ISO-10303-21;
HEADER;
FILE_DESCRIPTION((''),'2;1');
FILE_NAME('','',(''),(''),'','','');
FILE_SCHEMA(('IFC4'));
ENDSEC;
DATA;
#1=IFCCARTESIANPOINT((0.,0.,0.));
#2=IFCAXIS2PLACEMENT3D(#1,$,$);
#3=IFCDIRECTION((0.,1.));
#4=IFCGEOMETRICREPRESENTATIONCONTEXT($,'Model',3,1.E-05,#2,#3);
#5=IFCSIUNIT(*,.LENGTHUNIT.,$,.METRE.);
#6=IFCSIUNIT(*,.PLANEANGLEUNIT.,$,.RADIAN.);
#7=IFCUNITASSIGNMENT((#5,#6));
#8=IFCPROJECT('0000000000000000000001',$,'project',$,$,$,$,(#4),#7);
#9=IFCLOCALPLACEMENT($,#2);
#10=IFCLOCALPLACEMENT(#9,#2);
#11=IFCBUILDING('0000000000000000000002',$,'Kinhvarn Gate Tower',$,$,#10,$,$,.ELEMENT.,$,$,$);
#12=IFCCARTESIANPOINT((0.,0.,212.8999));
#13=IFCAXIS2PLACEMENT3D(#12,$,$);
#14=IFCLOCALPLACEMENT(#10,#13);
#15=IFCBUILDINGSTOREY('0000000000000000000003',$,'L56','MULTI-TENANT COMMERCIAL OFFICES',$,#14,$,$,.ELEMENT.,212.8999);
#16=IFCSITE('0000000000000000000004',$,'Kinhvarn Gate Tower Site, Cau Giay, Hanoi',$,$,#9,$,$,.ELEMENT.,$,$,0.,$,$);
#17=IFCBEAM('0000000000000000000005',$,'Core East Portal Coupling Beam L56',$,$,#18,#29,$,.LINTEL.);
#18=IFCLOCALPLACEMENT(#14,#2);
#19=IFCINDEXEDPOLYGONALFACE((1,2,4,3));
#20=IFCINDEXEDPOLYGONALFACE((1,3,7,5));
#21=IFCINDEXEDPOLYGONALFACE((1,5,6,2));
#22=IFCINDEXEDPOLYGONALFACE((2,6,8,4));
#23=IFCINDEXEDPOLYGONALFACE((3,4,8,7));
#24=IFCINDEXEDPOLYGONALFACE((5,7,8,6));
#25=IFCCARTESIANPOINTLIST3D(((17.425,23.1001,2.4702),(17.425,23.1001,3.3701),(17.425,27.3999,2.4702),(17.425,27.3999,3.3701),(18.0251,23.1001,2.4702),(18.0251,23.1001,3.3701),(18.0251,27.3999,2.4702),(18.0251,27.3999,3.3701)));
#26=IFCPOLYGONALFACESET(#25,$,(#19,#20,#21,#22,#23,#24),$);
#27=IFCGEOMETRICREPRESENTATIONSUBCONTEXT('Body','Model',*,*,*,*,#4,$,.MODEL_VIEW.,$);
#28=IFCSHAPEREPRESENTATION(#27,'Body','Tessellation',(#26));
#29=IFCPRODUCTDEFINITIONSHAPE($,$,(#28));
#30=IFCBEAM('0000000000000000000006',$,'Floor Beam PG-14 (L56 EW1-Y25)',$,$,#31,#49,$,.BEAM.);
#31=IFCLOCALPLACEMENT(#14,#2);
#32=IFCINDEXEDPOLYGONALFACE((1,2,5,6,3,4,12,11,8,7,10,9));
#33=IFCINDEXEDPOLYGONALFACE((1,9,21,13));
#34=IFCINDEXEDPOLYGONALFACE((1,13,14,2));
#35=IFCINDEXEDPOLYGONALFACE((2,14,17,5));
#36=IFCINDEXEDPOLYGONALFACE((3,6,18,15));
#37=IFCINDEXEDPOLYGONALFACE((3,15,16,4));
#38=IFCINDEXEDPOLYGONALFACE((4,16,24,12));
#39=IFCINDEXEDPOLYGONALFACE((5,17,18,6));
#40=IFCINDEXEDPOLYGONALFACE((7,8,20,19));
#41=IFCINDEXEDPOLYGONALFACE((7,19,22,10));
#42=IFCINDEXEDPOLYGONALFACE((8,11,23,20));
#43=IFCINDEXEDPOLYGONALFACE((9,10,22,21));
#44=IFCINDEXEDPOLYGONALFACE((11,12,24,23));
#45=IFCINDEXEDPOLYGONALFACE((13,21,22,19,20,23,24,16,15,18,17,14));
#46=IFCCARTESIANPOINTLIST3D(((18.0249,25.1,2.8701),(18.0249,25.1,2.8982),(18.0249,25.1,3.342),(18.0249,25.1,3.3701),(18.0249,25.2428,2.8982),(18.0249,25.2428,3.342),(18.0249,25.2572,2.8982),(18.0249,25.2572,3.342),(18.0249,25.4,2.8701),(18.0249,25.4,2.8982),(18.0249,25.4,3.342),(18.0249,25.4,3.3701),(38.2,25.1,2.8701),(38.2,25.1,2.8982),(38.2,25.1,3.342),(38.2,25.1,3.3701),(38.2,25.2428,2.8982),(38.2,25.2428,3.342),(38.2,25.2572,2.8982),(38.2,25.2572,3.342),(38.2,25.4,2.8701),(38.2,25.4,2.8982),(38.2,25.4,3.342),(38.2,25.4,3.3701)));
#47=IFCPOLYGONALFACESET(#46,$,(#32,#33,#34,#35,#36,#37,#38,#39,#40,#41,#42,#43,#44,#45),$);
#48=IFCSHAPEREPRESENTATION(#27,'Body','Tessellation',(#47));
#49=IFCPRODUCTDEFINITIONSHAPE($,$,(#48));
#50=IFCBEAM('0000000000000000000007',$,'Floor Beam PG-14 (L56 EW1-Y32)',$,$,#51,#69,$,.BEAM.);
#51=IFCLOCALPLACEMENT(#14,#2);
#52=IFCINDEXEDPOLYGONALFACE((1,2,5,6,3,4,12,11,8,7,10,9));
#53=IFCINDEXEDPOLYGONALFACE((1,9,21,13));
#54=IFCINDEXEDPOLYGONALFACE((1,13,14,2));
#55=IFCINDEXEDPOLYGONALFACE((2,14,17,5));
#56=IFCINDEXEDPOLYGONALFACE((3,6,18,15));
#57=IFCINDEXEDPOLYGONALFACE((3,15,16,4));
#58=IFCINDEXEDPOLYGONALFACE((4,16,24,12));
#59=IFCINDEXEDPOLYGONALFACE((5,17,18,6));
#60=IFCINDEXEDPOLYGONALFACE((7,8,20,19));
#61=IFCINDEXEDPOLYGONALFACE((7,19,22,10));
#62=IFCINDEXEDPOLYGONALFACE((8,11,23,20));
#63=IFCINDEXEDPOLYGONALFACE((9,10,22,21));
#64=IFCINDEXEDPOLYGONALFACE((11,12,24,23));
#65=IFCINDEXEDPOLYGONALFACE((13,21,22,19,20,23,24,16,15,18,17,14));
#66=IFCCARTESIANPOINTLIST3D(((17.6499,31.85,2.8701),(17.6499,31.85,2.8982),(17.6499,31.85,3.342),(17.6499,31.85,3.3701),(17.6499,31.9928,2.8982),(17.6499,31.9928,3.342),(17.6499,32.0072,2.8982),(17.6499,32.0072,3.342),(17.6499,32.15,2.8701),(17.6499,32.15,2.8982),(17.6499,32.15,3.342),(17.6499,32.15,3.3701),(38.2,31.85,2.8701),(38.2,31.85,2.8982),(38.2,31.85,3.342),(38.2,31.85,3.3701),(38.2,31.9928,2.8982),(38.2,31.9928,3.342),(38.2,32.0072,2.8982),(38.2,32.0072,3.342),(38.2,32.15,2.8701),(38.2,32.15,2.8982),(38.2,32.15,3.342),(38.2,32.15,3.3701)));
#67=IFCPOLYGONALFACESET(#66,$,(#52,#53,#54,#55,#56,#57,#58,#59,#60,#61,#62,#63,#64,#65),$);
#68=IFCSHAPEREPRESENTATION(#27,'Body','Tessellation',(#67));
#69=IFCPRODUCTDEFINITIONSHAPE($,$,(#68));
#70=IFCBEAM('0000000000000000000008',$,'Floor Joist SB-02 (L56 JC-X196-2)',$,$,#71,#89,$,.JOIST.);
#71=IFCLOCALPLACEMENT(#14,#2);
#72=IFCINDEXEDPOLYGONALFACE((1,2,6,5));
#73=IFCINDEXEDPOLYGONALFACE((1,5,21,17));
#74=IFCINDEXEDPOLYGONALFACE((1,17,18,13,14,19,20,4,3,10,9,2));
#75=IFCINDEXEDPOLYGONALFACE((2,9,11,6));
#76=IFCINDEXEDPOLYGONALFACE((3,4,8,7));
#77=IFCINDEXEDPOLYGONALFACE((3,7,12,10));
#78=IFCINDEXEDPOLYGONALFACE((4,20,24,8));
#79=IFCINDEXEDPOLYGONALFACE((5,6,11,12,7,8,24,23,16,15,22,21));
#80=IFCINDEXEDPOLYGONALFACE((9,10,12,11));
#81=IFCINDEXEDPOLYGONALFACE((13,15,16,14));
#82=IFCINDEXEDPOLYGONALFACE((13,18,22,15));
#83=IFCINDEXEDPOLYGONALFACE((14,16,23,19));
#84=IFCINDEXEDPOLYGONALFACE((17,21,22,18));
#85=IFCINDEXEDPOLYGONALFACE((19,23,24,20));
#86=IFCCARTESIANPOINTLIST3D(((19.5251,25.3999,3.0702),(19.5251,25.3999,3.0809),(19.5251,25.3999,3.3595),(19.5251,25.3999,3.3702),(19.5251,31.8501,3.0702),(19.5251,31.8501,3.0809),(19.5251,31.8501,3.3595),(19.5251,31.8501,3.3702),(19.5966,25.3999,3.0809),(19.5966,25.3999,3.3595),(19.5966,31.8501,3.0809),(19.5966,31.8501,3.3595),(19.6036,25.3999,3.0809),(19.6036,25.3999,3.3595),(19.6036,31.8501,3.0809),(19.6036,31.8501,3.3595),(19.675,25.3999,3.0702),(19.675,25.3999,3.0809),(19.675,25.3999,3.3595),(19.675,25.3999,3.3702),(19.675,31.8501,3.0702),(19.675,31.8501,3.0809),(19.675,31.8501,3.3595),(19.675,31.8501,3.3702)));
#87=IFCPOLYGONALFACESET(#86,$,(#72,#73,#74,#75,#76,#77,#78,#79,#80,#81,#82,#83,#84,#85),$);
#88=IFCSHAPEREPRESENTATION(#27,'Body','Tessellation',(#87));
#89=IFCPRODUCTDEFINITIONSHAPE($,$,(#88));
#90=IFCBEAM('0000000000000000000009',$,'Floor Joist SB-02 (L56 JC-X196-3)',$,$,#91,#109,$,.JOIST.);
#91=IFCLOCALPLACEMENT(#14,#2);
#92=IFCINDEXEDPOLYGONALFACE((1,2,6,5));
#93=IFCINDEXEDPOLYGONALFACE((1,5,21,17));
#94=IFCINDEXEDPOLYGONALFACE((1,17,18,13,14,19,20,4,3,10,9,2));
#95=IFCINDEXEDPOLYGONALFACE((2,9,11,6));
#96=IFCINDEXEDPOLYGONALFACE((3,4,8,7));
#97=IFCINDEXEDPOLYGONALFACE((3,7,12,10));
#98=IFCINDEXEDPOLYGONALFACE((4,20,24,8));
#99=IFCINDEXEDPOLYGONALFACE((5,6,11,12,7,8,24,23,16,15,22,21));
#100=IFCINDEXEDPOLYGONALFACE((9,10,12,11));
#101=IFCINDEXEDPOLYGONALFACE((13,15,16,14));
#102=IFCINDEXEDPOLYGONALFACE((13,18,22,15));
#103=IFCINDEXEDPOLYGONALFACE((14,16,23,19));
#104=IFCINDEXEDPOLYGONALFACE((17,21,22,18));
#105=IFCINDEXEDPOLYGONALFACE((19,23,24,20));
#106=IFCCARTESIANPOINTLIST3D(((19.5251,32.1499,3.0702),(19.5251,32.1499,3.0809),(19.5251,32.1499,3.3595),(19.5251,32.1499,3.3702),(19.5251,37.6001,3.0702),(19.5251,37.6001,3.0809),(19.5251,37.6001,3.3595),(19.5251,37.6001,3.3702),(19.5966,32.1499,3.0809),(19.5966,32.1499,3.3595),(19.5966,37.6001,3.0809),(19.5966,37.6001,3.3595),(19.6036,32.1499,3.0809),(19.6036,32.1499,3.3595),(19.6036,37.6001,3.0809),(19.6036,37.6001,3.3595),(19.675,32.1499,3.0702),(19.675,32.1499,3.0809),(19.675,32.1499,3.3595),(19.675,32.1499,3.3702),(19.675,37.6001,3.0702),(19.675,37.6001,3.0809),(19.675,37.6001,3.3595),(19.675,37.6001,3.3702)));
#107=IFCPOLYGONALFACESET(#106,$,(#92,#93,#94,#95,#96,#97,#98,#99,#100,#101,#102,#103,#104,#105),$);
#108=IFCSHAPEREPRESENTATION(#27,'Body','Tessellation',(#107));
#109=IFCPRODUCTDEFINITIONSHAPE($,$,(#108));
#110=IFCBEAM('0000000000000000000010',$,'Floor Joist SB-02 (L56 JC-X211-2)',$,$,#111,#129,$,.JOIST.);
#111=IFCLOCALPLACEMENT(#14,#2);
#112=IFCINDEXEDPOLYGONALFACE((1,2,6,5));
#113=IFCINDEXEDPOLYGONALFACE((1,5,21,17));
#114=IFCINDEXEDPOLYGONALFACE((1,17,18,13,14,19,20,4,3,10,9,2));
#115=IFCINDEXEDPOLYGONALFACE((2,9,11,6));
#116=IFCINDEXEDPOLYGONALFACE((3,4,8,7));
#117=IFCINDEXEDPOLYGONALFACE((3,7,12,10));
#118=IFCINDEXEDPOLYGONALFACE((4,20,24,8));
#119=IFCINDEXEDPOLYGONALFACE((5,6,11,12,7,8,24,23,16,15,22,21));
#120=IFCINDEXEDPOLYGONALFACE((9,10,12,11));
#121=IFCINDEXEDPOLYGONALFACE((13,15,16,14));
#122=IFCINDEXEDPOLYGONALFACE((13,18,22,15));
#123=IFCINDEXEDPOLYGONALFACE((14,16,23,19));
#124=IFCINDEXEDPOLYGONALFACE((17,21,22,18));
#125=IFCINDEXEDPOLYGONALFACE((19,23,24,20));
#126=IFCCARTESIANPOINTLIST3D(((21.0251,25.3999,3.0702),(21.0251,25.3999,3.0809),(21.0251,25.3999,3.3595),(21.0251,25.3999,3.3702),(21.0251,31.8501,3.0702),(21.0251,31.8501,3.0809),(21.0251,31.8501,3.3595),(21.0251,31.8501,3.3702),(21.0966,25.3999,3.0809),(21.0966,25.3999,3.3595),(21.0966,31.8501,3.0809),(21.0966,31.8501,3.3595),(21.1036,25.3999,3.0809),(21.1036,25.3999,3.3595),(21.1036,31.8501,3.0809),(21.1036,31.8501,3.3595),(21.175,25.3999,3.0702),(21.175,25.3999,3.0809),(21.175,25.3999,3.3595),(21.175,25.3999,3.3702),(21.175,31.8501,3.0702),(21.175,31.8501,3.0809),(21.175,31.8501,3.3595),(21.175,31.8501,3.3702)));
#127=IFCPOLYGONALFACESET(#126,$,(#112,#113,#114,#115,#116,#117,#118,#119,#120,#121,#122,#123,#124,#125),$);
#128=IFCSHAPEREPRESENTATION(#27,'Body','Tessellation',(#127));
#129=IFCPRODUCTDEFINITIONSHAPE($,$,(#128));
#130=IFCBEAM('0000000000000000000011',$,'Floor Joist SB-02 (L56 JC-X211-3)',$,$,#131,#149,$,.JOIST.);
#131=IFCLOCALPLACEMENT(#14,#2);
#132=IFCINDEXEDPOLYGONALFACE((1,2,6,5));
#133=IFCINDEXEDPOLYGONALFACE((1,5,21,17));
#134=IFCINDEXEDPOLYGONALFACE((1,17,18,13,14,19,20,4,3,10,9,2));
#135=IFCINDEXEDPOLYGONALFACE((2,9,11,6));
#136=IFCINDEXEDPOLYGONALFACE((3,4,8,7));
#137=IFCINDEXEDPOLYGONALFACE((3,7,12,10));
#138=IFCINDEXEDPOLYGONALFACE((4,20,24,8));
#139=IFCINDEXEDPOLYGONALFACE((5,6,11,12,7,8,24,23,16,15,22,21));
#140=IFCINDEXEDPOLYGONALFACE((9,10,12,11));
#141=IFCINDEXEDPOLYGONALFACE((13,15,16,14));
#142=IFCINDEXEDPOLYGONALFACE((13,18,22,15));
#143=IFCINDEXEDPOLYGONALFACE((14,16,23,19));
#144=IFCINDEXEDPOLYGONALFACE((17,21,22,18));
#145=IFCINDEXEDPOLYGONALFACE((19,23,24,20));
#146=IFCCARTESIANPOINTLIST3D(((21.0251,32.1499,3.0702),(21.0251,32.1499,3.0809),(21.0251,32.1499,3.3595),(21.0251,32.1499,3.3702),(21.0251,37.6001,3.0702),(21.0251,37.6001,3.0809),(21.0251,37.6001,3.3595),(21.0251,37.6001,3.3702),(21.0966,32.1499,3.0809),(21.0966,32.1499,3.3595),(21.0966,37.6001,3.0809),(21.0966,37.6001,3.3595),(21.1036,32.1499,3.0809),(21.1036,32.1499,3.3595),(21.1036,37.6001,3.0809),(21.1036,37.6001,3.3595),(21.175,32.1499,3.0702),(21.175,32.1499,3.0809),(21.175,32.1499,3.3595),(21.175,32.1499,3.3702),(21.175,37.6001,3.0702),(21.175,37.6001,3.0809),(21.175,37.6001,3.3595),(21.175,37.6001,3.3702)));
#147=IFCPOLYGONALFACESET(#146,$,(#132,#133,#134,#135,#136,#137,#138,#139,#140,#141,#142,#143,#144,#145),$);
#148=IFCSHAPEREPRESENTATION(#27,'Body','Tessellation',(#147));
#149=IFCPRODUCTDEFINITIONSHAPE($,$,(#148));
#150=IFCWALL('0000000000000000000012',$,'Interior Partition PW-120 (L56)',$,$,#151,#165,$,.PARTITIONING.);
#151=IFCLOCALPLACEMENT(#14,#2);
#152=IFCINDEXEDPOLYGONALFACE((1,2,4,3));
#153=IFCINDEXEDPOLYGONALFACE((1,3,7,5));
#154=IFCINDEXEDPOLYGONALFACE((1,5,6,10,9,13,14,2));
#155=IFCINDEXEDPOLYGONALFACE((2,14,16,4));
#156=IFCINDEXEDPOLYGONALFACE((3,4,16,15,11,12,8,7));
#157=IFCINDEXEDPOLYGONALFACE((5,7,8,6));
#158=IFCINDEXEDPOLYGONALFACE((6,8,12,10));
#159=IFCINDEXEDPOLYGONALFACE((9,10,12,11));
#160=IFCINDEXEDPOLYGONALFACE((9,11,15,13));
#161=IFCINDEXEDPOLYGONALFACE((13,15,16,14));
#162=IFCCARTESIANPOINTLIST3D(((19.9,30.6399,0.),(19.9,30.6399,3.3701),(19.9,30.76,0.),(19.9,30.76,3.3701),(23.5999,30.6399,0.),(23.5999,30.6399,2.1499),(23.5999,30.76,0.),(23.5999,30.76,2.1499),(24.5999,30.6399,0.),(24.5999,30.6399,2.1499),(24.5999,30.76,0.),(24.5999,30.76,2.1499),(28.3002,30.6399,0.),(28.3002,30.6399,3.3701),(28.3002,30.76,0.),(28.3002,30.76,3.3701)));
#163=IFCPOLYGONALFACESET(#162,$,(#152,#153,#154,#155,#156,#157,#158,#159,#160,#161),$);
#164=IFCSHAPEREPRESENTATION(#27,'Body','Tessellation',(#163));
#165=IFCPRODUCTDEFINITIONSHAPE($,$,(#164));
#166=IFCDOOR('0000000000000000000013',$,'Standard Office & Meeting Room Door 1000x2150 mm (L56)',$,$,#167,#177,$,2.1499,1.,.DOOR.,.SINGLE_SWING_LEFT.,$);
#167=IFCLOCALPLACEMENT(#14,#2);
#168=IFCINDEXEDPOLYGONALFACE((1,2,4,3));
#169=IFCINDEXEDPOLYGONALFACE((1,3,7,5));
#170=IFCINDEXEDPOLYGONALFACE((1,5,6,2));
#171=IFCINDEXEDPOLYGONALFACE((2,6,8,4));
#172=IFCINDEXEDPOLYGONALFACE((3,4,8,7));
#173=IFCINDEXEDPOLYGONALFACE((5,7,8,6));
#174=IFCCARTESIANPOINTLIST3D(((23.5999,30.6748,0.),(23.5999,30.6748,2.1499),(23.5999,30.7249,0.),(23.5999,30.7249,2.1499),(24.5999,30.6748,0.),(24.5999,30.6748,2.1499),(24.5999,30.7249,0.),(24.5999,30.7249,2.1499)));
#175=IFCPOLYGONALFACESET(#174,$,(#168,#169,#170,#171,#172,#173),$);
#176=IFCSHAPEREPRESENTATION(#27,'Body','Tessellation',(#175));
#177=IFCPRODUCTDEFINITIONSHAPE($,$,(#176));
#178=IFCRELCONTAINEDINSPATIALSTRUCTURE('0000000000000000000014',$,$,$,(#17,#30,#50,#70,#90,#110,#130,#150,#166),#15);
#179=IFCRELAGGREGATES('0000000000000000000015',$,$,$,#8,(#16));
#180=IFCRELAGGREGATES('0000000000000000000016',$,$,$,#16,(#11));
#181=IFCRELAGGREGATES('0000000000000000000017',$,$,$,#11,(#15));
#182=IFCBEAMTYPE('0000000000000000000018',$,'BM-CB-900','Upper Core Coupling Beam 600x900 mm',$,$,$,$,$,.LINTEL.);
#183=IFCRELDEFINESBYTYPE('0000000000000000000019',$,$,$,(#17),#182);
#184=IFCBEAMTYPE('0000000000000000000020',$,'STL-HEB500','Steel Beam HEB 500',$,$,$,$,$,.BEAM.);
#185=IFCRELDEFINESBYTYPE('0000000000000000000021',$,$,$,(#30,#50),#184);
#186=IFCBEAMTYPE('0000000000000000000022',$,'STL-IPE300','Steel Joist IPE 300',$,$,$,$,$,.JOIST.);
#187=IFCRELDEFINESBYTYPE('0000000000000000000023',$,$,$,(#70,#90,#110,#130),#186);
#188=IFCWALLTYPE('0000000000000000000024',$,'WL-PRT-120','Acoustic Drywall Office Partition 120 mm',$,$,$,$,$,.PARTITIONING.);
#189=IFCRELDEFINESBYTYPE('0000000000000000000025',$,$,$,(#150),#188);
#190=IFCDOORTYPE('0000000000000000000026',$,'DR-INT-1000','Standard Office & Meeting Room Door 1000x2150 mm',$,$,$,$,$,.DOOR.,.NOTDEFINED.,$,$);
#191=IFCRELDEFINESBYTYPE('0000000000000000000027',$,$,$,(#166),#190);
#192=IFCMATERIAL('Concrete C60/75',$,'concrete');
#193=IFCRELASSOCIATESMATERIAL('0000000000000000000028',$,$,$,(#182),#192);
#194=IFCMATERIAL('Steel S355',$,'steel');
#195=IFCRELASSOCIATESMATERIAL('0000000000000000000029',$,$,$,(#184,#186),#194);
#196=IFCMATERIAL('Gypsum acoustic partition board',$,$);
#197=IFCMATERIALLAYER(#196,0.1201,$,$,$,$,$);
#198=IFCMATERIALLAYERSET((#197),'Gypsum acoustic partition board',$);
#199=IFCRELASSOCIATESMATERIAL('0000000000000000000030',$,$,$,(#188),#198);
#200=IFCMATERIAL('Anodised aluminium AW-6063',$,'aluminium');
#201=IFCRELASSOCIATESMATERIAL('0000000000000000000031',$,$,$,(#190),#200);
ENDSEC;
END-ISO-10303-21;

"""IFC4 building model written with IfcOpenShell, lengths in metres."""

from ifc_helpers import new_model, si_unit, direction, frame, frame_2d, origin, origin_2d, place, context, subcontext, project, spatial, rectangle, i_section, extrude, material, layer, layer_set, material_profile, profile_set, type_object, element, fill, save


model = new_model("IFC4")

# Units and contexts
model_context = context("Model", 3, precision=1e-05, world=origin(), true_north=direction((0.0, 1.0)))
body_context = subcontext(model_context, "Body", "Model", "MODEL_VIEW")
ifc_project = project(units=[si_unit("LENGTHUNIT", "METRE"), si_unit("PLANEANGLEUNIT", "RADIAN")], contexts=[model_context])

# Site, building, storey
site_placement = place(None, origin())
site = spatial("IfcSite", under=ifc_project, at=site_placement, Name="Kinhvarn Gate Tower Site, Cau Giay, Hanoi", CompositionType="ELEMENT", RefElevation=0.0)
building_placement = place(site_placement, origin())
building = spatial("IfcBuilding", under=site, at=building_placement, Name="Kinhvarn Gate Tower", CompositionType="ELEMENT")
storey_placement = place(building_placement, frame((0.0, 0.0, 212.8999)))
storey = spatial("IfcBuildingStorey", under=building, at=storey_placement, Name="L56", Description="MULTI-TENANT COMMERCIAL OFFICES", CompositionType="ELEMENT", Elevation=212.8999)

# Beams
ifc_material_1 = material(Name="Concrete C60/75", Category="concrete")
ifc_material_profile_1 = material_profile(ifc_material_1, rectangle(XDim=0.6001, YDim=0.8999, at=origin_2d()), Name="RC 600x900")
ifc_profile_set_1 = profile_set([ifc_material_profile_1], Name="Concrete C60/75")
beam_type_1 = type_object("IfcBeamType", Name="BM-CB-900", Description="Upper Core Coupling Beam 600x900 mm", PredefinedType="LINTEL", material=ifc_profile_set_1)
beam_1_placement = place(storey_placement, frame((17.7251, 23.1001, 2.9202), z_axis=(0.0, 1.0, 0.0), x_axis=(-1.0, 0.0, 0.0)))
element("IfcBeam", 1, at=beam_1_placement, inside=storey, type_object=beam_type_1, Name="Core East Portal Coupling Beam L56", PredefinedType="LINTEL", context=body_context, shape_type="SweptSolid", body=[
    extrude(rectangle(XDim=0.6001, YDim=0.8999, at=origin_2d()), origin(), (0.0, 0.0, 1.0), 4.2998),
])
ifc_material_2 = material(Name="Steel S355", Category="steel")
ifc_material_profile_2 = material_profile(ifc_material_2, i_section(OverallWidth=0.3, OverallDepth=0.5, WebThickness=0.0144, FlangeThickness=0.0281, at=origin_2d()), Name="HEB 500")
ifc_profile_set_2 = profile_set([ifc_material_profile_2], Name="Steel S355")
beam_type_2 = type_object("IfcBeamType", Name="STL-HEB500", Description="Steel Beam HEB 500", PredefinedType="BEAM", material=ifc_profile_set_2)
beam_2_placement = place(storey_placement, frame((18.0249, 25.25, 3.1201), z_axis=(1.0, 0.0, 0.0), x_axis=(0.0, 1.0, 0.0)))
element("IfcBeam", 2, at=beam_2_placement, inside=storey, type_object=beam_type_2, Name="Floor Beam PG-14 (L56 EW1-Y25)", PredefinedType="BEAM", context=body_context, shape_type="SweptSolid", body=[
    extrude(i_section(OverallWidth=0.3, OverallDepth=0.5, WebThickness=0.0144, FlangeThickness=0.0281, at=origin_2d()), origin(), (0.0, 0.0, 1.0), 20.175),
])
beam_3_placement = place(storey_placement, frame((17.6499, 32.0, 3.1201), z_axis=(1.0, 0.0, 0.0), x_axis=(0.0, 1.0, 0.0)))
element("IfcBeam", 3, at=beam_3_placement, inside=storey, type_object=beam_type_2, Name="Floor Beam PG-14 (L56 EW1-Y32)", PredefinedType="BEAM", context=body_context, shape_type="SweptSolid", body=[
    extrude(i_section(OverallWidth=0.3, OverallDepth=0.5, WebThickness=0.0144, FlangeThickness=0.0281, at=origin_2d()), origin(), (0.0, 0.0, 1.0), 20.55),
])
ifc_material_profile_3 = material_profile(ifc_material_2, i_section(OverallWidth=0.1499, OverallDepth=0.3, WebThickness=0.0071, FlangeThickness=0.0107, at=origin_2d()), Name="IPE 300")
ifc_profile_set_3 = profile_set([ifc_material_profile_3], Name="Steel S355")
beam_type_3 = type_object("IfcBeamType", Name="STL-IPE300", Description="Steel Joist IPE 300", PredefinedType="JOIST", material=ifc_profile_set_3)
beam_4_placement = place(storey_placement, frame((19.6001, 25.3999, 3.2202), z_axis=(0.0, 1.0, 0.0), x_axis=(-1.0, 0.0, 0.0)))
element("IfcBeam", 4, at=beam_4_placement, inside=storey, type_object=beam_type_3, Name="Floor Joist SB-02 (L56 JC-X196-2)", PredefinedType="JOIST", context=body_context, shape_type="SweptSolid", body=[
    extrude(i_section(OverallWidth=0.1499, OverallDepth=0.3, WebThickness=0.0071, FlangeThickness=0.0107, at=origin_2d()), origin(), (0.0, 0.0, 1.0), 6.4502),
])
beam_5_placement = place(storey_placement, frame((19.6001, 32.1499, 3.2202), z_axis=(0.0, 1.0, 0.0), x_axis=(-1.0, 0.0, 0.0)))
element("IfcBeam", 5, at=beam_5_placement, inside=storey, type_object=beam_type_3, Name="Floor Joist SB-02 (L56 JC-X196-3)", PredefinedType="JOIST", context=body_context, shape_type="SweptSolid", body=[
    extrude(i_section(OverallWidth=0.1499, OverallDepth=0.3, WebThickness=0.0071, FlangeThickness=0.0107, at=origin_2d()), origin(), (0.0, 0.0, 1.0), 5.4502),
])
beam_6_placement = place(storey_placement, frame((21.1001, 25.3999, 3.2202), z_axis=(0.0, 1.0, 0.0), x_axis=(-1.0, 0.0, 0.0)))
element("IfcBeam", 6, at=beam_6_placement, inside=storey, type_object=beam_type_3, Name="Floor Joist SB-02 (L56 JC-X211-2)", PredefinedType="JOIST", context=body_context, shape_type="SweptSolid", body=[
    extrude(i_section(OverallWidth=0.1499, OverallDepth=0.3, WebThickness=0.0071, FlangeThickness=0.0107, at=origin_2d()), origin(), (0.0, 0.0, 1.0), 6.4502),
])
beam_7_placement = place(storey_placement, frame((21.1001, 32.1499, 3.2202), z_axis=(0.0, 1.0, 0.0), x_axis=(-1.0, 0.0, 0.0)))
element("IfcBeam", 7, at=beam_7_placement, inside=storey, type_object=beam_type_3, Name="Floor Joist SB-02 (L56 JC-X211-3)", PredefinedType="JOIST", context=body_context, shape_type="SweptSolid", body=[
    extrude(i_section(OverallWidth=0.1499, OverallDepth=0.3, WebThickness=0.0071, FlangeThickness=0.0107, at=origin_2d()), origin(), (0.0, 0.0, 1.0), 5.4502),
])

# Wall, opening, door
ifc_material_3 = material(Name="Anodised aluminium AW-6063", Category="aluminium")
ifc_material_4 = material(Name="Gypsum acoustic partition board")
ifc_layer_1 = layer(ifc_material_4, 0.1201)
ifc_layer_set_1 = layer_set([ifc_layer_1], Name="Gypsum acoustic partition board")
wall_type_1 = type_object("IfcWallType", Name="WL-PRT-120", Description="Acoustic Drywall Office Partition 120 mm", PredefinedType="PARTITIONING", material=ifc_layer_set_1)
wall_1_placement = place(storey_placement, frame((19.8999, 30.7, 0.0), z_axis=(0.0, 0.0, 1.0), x_axis=(1.0, 0.0, 0.0)))
wall_1 = element("IfcWall", 8, at=wall_1_placement, inside=storey, type_object=wall_type_1, Name="Interior Partition PW-120 (L56)", PredefinedType="PARTITIONING", context=body_context, shape_type="SweptSolid", body=[
    extrude(rectangle(XDim=8.4001, YDim=0.1201, at=frame_2d((4.2002, 0.0))), origin(), (0.0, 0.0, 1.0), 3.3701),
])
opening_1_placement = place(wall_1_placement, frame((3.7, 0.0, 0.0)))
opening_1 = element("IfcOpeningElement", 9, at=opening_1_placement, cuts=wall_1, PredefinedType="OPENING", context=body_context, shape_type="SweptSolid", body=[
    extrude(rectangle(XDim=1.0, YDim=2.1499, at=frame_2d((0.5, 1.075))), frame((0.0, 0.0701, 0.0), z_axis=(0.0, -1.0, 0.0), x_axis=(1.0, 0.0, 0.0)), (0.0, 0.0, 1.0), 0.1401),
])
door_type_1 = type_object("IfcDoorType", Name="DR-INT-1000", Description="Standard Office & Meeting Room Door 1000x2150 mm", OperationType="NOTDEFINED", PredefinedType="DOOR", material=ifc_material_3)
door_1_placement = place(opening_1_placement, origin())
door_1 = element("IfcDoor", 10, at=door_1_placement, inside=storey, type_object=door_type_1, Name="Standard Office & Meeting Room Door 1000x2150 mm (L56)", OperationType="SINGLE_SWING_LEFT", OverallHeight=2.1499, OverallWidth=1.0, PredefinedType="DOOR", context=body_context, shape_type="SweptSolid", body=[
    extrude(rectangle(XDim=1.0, YDim=2.1499, at=frame_2d((0.5, 1.075))), frame((0.0, 0.0249, 0.0), z_axis=(0.0, -1.0, 0.0), x_axis=(1.0, 0.0, 0.0)), (0.0, 0.0, 1.0), 0.05),
])
fill(opening_1, door_1)

save(model, "model.ifc")
